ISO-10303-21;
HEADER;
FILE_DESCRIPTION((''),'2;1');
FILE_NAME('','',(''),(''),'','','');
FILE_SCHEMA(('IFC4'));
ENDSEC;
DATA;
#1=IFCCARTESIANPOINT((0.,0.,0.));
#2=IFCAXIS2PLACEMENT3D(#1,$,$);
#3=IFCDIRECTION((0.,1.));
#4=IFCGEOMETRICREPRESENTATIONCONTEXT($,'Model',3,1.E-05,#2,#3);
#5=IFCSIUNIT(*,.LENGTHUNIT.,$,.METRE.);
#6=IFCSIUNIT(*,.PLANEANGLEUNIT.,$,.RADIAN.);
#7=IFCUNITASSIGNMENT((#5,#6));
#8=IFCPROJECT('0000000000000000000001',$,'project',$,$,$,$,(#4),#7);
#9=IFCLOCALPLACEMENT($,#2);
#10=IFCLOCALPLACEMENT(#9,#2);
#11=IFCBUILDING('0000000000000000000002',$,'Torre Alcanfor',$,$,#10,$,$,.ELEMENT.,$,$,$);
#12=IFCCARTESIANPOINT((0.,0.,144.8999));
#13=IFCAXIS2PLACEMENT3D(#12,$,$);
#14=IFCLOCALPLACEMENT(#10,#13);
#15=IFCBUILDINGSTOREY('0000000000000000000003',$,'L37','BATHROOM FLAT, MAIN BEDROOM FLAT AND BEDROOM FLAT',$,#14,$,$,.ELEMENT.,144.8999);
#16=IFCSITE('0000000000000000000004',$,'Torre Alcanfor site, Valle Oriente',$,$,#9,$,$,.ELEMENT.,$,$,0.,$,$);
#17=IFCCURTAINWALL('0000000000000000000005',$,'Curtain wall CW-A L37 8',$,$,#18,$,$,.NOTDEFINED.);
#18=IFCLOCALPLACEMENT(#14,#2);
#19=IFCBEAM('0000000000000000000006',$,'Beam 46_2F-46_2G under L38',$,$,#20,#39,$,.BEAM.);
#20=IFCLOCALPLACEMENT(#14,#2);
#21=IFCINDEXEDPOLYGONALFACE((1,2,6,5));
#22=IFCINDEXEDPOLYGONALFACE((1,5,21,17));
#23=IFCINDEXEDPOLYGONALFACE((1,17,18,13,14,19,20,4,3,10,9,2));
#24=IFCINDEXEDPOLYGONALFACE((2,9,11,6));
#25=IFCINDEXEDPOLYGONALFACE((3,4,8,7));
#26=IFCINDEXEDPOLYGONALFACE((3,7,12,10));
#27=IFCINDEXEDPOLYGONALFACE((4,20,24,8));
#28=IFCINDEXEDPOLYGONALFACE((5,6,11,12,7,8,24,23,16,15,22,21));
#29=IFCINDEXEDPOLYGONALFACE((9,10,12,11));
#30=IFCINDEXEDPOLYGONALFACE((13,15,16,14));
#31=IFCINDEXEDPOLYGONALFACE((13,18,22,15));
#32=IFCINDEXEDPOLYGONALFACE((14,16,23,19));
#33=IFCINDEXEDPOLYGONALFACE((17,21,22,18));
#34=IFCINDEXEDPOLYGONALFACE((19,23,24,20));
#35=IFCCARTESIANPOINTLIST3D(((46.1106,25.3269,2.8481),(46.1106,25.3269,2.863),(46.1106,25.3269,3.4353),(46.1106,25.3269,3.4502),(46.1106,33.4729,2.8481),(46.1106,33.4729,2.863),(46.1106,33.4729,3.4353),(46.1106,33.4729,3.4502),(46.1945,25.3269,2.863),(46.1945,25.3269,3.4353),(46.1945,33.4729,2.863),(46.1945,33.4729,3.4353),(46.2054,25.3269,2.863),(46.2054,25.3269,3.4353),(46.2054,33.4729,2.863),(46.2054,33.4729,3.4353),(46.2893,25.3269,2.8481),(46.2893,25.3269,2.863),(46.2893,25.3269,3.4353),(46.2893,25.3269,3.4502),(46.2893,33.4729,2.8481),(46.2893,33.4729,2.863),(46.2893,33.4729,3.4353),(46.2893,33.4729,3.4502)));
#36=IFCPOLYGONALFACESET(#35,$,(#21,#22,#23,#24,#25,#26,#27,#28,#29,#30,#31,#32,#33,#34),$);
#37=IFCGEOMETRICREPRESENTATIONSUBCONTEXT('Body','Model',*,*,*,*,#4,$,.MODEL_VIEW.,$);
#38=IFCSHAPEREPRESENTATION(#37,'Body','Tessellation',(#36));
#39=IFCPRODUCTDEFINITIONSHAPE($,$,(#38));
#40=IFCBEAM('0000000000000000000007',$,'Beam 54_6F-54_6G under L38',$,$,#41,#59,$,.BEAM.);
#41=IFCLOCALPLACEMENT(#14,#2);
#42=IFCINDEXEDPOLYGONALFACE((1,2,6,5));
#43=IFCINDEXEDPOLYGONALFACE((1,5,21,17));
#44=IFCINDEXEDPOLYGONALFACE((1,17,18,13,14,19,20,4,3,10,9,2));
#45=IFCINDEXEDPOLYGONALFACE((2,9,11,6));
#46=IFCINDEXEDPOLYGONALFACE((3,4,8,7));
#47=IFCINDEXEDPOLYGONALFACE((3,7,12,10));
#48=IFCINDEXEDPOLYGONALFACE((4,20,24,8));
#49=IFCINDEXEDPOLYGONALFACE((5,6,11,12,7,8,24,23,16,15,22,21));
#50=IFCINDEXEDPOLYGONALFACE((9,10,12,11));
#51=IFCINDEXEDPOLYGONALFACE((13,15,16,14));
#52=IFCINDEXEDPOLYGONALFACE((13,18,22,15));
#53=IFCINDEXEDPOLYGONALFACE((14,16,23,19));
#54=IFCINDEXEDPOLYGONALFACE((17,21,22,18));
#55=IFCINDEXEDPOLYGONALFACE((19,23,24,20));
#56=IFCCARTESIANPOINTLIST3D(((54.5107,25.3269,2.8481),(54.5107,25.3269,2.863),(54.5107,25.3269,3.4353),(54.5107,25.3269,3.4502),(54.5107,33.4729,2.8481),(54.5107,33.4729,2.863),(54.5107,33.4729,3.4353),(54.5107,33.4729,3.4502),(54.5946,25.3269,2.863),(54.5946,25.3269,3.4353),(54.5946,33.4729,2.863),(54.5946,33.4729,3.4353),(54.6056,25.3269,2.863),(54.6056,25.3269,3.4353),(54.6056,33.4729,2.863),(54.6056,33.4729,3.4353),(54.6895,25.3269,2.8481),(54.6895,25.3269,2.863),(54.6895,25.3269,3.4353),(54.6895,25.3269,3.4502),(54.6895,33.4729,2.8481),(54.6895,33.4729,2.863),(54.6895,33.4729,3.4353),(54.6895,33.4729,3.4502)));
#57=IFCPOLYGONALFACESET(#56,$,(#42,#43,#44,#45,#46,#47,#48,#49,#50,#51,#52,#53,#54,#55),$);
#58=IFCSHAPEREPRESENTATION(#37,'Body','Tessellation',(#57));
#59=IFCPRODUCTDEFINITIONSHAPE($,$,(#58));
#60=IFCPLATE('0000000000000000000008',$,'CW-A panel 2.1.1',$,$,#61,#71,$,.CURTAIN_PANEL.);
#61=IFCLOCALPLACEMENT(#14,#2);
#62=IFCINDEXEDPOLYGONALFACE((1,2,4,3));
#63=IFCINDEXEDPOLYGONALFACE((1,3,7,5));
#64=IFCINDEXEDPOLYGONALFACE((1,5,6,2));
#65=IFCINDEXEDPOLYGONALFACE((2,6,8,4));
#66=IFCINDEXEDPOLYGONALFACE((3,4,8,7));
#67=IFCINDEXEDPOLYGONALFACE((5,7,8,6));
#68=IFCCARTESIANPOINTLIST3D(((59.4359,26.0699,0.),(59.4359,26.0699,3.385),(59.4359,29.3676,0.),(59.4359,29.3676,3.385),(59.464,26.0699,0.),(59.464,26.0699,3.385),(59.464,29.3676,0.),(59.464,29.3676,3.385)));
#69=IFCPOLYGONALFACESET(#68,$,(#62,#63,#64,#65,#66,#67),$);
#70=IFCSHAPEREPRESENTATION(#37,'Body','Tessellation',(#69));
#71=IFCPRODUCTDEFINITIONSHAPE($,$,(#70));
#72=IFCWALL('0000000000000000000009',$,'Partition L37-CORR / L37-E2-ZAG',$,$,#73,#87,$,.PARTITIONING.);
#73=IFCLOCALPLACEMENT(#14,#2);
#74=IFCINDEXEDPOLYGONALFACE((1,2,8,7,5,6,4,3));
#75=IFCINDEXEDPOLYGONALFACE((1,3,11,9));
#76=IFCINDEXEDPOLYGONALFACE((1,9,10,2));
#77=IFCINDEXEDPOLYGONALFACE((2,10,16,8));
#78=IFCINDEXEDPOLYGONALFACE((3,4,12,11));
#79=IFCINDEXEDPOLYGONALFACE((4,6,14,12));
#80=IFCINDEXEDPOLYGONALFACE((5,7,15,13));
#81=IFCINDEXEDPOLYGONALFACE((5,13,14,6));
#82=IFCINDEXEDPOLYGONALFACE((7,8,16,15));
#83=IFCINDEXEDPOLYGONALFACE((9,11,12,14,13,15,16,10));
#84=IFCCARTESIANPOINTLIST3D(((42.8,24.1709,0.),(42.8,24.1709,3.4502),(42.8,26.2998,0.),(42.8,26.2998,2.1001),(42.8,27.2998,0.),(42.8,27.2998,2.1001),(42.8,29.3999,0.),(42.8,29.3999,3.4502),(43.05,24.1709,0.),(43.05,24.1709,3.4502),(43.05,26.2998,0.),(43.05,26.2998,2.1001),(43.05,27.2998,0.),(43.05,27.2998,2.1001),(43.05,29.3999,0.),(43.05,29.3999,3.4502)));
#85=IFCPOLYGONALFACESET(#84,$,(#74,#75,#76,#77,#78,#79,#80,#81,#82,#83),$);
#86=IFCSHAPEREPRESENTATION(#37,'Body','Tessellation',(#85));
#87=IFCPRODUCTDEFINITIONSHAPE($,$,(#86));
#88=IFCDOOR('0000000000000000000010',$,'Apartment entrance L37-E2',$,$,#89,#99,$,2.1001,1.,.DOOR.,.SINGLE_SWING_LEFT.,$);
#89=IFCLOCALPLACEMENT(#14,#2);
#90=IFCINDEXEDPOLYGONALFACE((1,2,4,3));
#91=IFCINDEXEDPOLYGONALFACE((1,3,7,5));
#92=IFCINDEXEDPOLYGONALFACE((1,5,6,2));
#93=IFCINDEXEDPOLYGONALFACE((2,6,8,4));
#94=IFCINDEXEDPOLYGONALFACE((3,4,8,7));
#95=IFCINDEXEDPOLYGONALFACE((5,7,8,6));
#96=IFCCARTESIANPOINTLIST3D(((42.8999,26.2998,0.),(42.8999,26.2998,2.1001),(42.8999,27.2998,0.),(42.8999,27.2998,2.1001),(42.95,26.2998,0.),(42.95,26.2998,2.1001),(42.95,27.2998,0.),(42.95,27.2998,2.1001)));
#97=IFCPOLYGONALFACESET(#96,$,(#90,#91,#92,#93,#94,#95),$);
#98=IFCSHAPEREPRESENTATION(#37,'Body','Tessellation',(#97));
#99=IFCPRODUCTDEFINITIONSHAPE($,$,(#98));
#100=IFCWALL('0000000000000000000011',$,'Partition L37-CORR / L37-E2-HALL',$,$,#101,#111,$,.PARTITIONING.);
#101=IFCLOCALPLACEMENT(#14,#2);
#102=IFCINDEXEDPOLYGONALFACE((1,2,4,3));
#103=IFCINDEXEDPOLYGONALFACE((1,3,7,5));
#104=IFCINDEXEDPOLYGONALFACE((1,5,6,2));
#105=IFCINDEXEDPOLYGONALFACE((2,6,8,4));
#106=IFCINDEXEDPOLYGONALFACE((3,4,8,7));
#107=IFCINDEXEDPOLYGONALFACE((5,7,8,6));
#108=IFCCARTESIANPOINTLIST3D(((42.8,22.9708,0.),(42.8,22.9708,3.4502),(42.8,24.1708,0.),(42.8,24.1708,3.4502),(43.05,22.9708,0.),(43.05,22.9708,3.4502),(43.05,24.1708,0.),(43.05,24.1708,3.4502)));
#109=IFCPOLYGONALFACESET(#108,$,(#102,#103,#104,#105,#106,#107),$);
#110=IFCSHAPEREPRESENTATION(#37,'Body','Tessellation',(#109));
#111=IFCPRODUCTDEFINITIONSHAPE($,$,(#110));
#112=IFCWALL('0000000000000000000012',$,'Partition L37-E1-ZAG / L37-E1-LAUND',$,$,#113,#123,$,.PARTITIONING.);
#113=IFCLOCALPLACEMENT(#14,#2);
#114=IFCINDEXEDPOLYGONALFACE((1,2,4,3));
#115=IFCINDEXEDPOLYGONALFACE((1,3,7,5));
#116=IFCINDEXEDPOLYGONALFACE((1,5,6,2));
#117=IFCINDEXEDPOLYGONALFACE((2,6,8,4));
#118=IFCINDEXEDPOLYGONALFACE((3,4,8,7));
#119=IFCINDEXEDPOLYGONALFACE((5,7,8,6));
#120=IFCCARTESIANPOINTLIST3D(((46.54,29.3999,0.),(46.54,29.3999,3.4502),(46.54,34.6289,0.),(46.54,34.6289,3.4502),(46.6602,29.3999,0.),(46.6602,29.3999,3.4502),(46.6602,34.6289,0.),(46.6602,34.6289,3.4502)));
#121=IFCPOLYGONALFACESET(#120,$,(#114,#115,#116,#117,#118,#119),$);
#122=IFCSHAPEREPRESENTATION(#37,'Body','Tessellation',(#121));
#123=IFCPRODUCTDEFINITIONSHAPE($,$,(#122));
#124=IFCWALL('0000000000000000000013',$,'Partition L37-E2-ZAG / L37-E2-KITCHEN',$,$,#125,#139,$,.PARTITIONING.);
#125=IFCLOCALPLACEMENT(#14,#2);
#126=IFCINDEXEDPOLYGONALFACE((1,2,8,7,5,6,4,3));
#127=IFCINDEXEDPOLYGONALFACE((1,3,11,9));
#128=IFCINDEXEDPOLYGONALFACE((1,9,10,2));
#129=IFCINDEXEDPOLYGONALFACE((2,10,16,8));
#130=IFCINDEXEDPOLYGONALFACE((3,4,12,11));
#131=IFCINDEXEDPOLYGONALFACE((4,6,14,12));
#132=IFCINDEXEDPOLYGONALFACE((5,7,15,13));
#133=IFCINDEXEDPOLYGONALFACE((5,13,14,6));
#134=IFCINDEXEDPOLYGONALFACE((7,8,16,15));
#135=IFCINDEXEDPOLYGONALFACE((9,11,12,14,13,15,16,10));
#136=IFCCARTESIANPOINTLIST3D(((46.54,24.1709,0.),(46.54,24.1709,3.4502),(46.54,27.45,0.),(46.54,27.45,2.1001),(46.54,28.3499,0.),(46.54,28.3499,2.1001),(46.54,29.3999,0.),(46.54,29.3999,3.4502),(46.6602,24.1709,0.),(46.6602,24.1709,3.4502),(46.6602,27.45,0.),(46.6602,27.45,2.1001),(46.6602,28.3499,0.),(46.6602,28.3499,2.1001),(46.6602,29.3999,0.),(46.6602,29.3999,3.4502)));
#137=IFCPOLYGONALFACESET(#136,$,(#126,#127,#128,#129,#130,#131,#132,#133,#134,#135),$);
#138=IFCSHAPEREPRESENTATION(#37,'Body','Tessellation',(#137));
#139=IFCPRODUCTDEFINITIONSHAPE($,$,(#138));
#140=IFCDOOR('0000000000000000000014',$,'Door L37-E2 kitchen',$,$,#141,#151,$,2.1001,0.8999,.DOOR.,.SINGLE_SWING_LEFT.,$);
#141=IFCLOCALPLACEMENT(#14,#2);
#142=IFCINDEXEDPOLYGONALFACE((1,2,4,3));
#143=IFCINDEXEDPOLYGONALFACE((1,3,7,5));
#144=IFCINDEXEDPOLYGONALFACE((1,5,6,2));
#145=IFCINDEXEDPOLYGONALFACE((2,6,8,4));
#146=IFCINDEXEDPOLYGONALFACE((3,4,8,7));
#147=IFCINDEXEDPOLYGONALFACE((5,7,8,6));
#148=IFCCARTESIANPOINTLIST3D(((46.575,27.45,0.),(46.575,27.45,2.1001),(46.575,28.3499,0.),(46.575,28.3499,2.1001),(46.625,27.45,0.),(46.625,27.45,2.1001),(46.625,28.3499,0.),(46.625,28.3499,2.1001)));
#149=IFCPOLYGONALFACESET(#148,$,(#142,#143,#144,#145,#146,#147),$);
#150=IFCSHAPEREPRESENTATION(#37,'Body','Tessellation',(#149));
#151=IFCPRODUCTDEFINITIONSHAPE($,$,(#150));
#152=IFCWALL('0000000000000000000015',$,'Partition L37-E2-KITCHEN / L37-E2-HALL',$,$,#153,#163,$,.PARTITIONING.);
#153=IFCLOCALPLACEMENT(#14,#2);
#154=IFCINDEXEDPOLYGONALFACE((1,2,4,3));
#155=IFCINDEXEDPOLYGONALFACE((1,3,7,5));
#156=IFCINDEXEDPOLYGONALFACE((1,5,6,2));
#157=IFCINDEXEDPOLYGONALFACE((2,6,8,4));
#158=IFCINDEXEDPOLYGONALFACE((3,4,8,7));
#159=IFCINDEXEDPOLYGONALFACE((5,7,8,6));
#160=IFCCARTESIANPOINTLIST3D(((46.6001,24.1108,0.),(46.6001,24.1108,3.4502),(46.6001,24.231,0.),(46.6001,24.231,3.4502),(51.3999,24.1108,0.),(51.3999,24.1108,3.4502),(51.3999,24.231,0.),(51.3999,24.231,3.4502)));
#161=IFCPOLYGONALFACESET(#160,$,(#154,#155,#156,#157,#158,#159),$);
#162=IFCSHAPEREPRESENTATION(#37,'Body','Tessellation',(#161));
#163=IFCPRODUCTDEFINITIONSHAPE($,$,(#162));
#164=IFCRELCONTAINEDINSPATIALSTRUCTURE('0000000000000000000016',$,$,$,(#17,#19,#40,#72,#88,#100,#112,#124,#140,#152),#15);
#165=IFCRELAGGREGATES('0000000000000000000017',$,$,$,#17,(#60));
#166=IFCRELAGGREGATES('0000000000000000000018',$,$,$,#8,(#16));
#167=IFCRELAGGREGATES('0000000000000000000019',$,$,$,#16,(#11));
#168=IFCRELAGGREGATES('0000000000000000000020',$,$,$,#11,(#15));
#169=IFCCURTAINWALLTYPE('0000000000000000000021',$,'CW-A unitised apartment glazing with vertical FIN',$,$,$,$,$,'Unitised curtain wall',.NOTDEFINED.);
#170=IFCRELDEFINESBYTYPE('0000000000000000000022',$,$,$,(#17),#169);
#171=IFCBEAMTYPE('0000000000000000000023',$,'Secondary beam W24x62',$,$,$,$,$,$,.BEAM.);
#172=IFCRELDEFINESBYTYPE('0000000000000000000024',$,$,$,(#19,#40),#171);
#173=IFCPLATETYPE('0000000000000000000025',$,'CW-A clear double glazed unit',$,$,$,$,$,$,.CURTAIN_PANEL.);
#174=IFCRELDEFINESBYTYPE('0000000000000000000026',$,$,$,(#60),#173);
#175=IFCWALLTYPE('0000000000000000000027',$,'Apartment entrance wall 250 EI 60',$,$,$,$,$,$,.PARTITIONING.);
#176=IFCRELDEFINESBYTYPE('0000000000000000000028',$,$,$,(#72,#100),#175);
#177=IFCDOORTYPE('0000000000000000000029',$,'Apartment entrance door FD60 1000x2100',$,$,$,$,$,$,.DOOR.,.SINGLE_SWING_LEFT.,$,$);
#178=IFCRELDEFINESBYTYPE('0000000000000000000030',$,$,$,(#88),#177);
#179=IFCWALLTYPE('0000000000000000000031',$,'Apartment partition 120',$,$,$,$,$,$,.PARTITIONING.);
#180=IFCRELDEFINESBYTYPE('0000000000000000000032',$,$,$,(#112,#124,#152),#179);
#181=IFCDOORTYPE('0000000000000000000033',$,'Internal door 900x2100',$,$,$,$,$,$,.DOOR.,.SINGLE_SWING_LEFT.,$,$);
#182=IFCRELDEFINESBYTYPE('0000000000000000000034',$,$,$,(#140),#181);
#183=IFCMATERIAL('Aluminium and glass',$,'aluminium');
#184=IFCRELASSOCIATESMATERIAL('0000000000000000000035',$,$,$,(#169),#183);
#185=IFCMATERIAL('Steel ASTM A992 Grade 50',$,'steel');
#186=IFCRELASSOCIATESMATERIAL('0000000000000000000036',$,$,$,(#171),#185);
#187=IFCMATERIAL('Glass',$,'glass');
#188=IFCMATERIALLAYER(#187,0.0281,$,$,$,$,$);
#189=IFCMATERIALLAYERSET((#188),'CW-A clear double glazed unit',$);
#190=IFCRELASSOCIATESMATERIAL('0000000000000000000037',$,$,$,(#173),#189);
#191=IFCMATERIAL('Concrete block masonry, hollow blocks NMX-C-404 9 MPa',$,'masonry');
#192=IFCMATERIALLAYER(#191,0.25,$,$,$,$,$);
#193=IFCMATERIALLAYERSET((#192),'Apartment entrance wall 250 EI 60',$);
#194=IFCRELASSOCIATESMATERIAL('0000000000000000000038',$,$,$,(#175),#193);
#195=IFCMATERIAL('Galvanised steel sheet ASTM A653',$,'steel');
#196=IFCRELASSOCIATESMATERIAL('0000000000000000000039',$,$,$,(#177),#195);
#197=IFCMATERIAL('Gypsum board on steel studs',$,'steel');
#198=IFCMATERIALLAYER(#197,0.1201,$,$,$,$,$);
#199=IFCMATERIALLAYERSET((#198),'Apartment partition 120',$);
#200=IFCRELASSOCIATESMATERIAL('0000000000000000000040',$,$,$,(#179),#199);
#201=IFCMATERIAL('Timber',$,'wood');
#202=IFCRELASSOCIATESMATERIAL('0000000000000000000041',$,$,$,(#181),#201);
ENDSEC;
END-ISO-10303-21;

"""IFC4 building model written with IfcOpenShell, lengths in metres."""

from ifc_helpers import new_model, si_unit, direction, frame, frame_2d, origin, origin_2d, place, context, subcontext, project, spatial, rectangle, i_section, extrude, material, layer, layer_set, material_profile, profile_set, type_object, element, fill, aggregate, save


model = new_model("IFC4")

# Units and contexts
model_context = context("Model", 3, precision=1e-05, world=origin(), true_north=direction((0.0, 1.0)))
body_context = subcontext(model_context, "Body", "Model", "MODEL_VIEW")
ifc_project = project(units=[si_unit("LENGTHUNIT", "METRE"), si_unit("PLANEANGLEUNIT", "RADIAN")], contexts=[model_context])

# Site, building, storey
site_placement = place(None, origin())
site = spatial("IfcSite", under=ifc_project, at=site_placement, Name="Torre Alcanfor site, Valle Oriente", CompositionType="ELEMENT", RefElevation=0.0)
building_placement = place(site_placement, origin())
building = spatial("IfcBuilding", under=site, at=building_placement, Name="Torre Alcanfor", CompositionType="ELEMENT")
storey_placement = place(building_placement, frame((0.0, 0.0, 144.8999)))
storey = spatial("IfcBuildingStorey", under=building, at=storey_placement, Name="L37", Description="BATHROOM FLAT, MAIN BEDROOM FLAT AND BEDROOM FLAT", CompositionType="ELEMENT", Elevation=144.8999)

# Curtain wall
ifc_material_1 = material(Name="Aluminium and glass", Category="aluminium")
curtain_wall_type = type_object("IfcCurtainWallType", Name="CW-A unitised apartment glazing with vertical FIN", ElementType="Unitised curtain wall", PredefinedType="NOTDEFINED", material=ifc_material_1)
curtain_wall_placement = place(storey_placement, origin())
curtain_wall = element("IfcCurtainWall", 1, at=curtain_wall_placement, inside=storey, type_object=curtain_wall_type, Name="Curtain wall CW-A L37 8", PredefinedType="NOTDEFINED")

# Beams
ifc_material_2 = material(Name="Steel ASTM A992 Grade 50", Category="steel")
ifc_material_profile_1 = material_profile(ifc_material_2, i_section(OverallWidth=0.1787, OverallDepth=0.6021, WebThickness=0.011, FlangeThickness=0.0149, at=origin_2d()), Name="W24x62")
ifc_profile_set_1 = profile_set([ifc_material_profile_1], Name="Steel ASTM A992 Grade 50")
beam_type_1 = type_object("IfcBeamType", Name="Secondary beam W24x62", PredefinedType="BEAM", material=ifc_profile_set_1)
for number, where, z_axis, x_axis, name in (
    (2, (46.2, 25.3269, 3.1492), (0.0, 1.0, 0.0), (-1.0, 0.0, 0.0), "Beam 46_2F-46_2G under L38"),
    (3, (54.6001, 25.3269, 3.1492), (0.0, 1.0, 0.0), (-1.0, 0.0, 0.0), "Beam 54_6F-54_6G under L38"),
):
    element("IfcBeam", number, at=place(storey_placement, frame(where, z_axis=z_axis, x_axis=x_axis)), inside=storey, type_object=beam_type_1, Name=name, PredefinedType="BEAM", context=body_context, shape_type="SweptSolid", body=[
        extrude(i_section(OverallWidth=0.1787, OverallDepth=0.6021, WebThickness=0.011, FlangeThickness=0.0149, at=origin_2d()), origin(), (0.0, 0.0, 1.0), 8.146),
    ])

# Plate
ifc_material_3 = material(Name="Glass", Category="glass")
ifc_layer_1 = layer(ifc_material_3, 0.0281)
ifc_layer_set_1 = layer_set([ifc_layer_1], Name="CW-A clear double glazed unit")
plate_type = type_object("IfcPlateType", Name="CW-A clear double glazed unit", PredefinedType="CURTAIN_PANEL", material=ifc_layer_set_1)
plate_placement = place(storey_placement, frame((59.45, 27.7188, 0.0), z_axis=(0.0, 0.0, 1.0), x_axis=(0.0, 1.0, 0.0)))
plate = element("IfcPlate", 4, at=plate_placement, type_object=plate_type, Name="CW-A panel 2.1.1", PredefinedType="CURTAIN_PANEL", context=body_context, shape_type="SweptSolid", body=[
    extrude(rectangle(XDim=3.2976, YDim=0.0281, at=origin_2d()), origin(), (0.0, 0.0, 1.0), 3.385),
])
aggregate(curtain_wall, [plate])

# Wall, opening, door
ifc_material_4 = material(Name="Concrete block masonry, hollow blocks NMX-C-404 9 MPa", Category="masonry")
ifc_layer_2 = layer(ifc_material_4, 0.25)
ifc_layer_set_2 = layer_set([ifc_layer_2], Name="Apartment entrance wall 250 EI 60")
wall_type_1 = type_object("IfcWallType", Name="Apartment entrance wall 250 EI 60", PredefinedType="PARTITIONING", material=ifc_layer_set_2)
wall_1_placement = place(storey_placement, frame((42.925, 29.3999, 0.0), z_axis=(0.0, 0.0, 1.0), x_axis=(0.0, -1.0, 0.0)))
wall_1 = element("IfcWall", 5, at=wall_1_placement, inside=storey, type_object=wall_type_1, Name="Partition L37-CORR / L37-E2-ZAG", PredefinedType="PARTITIONING", context=body_context, shape_type="SweptSolid", body=[
    extrude(rectangle(XDim=5.229, YDim=0.25, at=frame_2d((2.6145, 0.0))), origin(), (0.0, 0.0, 1.0), 3.4502),
])
opening_1_placement = place(wall_1_placement, frame((2.1001, 0.0, 0.0)))
opening_1 = element("IfcOpeningElement", 6, at=opening_1_placement, cuts=wall_1, PredefinedType="OPENING", context=body_context, shape_type="SweptSolid", body=[
    extrude(rectangle(XDim=1.0, YDim=2.1001, at=frame_2d((0.5, 1.05))), frame((0.0, 0.135, 0.0), z_axis=(0.0, -1.0, 0.0), x_axis=(1.0, 0.0, 0.0)), (0.0, 0.0, 1.0), 0.27),
])
ifc_material_5 = material(Name="Galvanised steel sheet ASTM A653", Category="steel")
door_type_1 = type_object("IfcDoorType", Name="Apartment entrance door FD60 1000x2100", OperationType="SINGLE_SWING_LEFT", PredefinedType="DOOR", material=ifc_material_5)
door_1_placement = place(opening_1_placement, origin())
door_1 = element("IfcDoor", 7, at=door_1_placement, inside=storey, type_object=door_type_1, Name="Apartment entrance L37-E2", OperationType="SINGLE_SWING_LEFT", OverallHeight=2.1001, OverallWidth=1.0, PredefinedType="DOOR", context=body_context, shape_type="SweptSolid", body=[
    extrude(rectangle(XDim=1.0, YDim=2.1001, at=frame_2d((0.5, 1.05))), frame((0.0, 0.0249, 0.0), z_axis=(0.0, -1.0, 0.0), x_axis=(1.0, 0.0, 0.0)), (0.0, 0.0, 1.0), 0.05),
])
fill(opening_1, door_1)

# Walls
wall_2_placement = place(storey_placement, frame((42.925, 24.1709, 0.0), z_axis=(0.0, 0.0, 1.0), x_axis=(0.0, -1.0, 0.0)))
element("IfcWall", 8, at=wall_2_placement, inside=storey, type_object=wall_type_1, Name="Partition L37-CORR / L37-E2-HALL", PredefinedType="PARTITIONING", context=body_context, shape_type="SweptSolid", body=[
    extrude(rectangle(XDim=1.2, YDim=0.25, at=frame_2d((0.6001, 0.0))), origin(), (0.0, 0.0, 1.0), 3.4502),
])
ifc_material_6 = material(Name="Gypsum board on steel studs", Category="steel")
ifc_layer_3 = layer(ifc_material_6, 0.1201)
ifc_layer_set_3 = layer_set([ifc_layer_3], Name="Apartment partition 120")
wall_type_2 = type_object("IfcWallType", Name="Apartment partition 120", PredefinedType="PARTITIONING", material=ifc_layer_set_3)
wall_3_placement = place(storey_placement, frame((46.6001, 29.3999, 0.0), z_axis=(0.0, 0.0, 1.0), x_axis=(0.0, 1.0, 0.0)))
element("IfcWall", 9, at=wall_3_placement, inside=storey, type_object=wall_type_2, Name="Partition L37-E1-ZAG / L37-E1-LAUND", PredefinedType="PARTITIONING", context=body_context, shape_type="SweptSolid", body=[
    extrude(rectangle(XDim=5.229, YDim=0.1201, at=frame_2d((2.6145, 0.0))), origin(), (0.0, 0.0, 1.0), 3.4502),
])

# Wall, opening, door
wall_4_placement = place(storey_placement, frame((46.6001, 29.3999, 0.0), z_axis=(0.0, 0.0, 1.0), x_axis=(0.0, -1.0, 0.0)))
wall_4 = element("IfcWall", 10, at=wall_4_placement, inside=storey, type_object=wall_type_2, Name="Partition L37-E2-ZAG / L37-E2-KITCHEN", PredefinedType="PARTITIONING", context=body_context, shape_type="SweptSolid", body=[
    extrude(rectangle(XDim=5.229, YDim=0.1201, at=frame_2d((2.6145, 0.0))), origin(), (0.0, 0.0, 1.0), 3.4502),
])
opening_2_placement = place(wall_4_placement, frame((1.05, 0.0, 0.0)))
opening_2 = element("IfcOpeningElement", 11, at=opening_2_placement, cuts=wall_4, PredefinedType="OPENING", context=body_context, shape_type="SweptSolid", body=[
    extrude(rectangle(XDim=0.8999, YDim=2.1001, at=frame_2d((0.45, 1.05))), frame((0.0, 0.0701, 0.0), z_axis=(0.0, -1.0, 0.0), x_axis=(1.0, 0.0, 0.0)), (0.0, 0.0, 1.0), 0.1401),
])
ifc_material_7 = material(Name="Timber", Category="wood")
door_type_2 = type_object("IfcDoorType", Name="Internal door 900x2100", OperationType="SINGLE_SWING_LEFT", PredefinedType="DOOR", material=ifc_material_7)
door_2_placement = place(opening_2_placement, origin())
door_2 = element("IfcDoor", 12, at=door_2_placement, inside=storey, type_object=door_type_2, Name="Door L37-E2 kitchen", OperationType="SINGLE_SWING_LEFT", OverallHeight=2.1001, OverallWidth=0.8999, PredefinedType="DOOR", context=body_context, shape_type="SweptSolid", body=[
    extrude(rectangle(XDim=0.8999, YDim=2.1001, at=frame_2d((0.45, 1.05))), frame((0.0, 0.0249, 0.0), z_axis=(0.0, -1.0, 0.0), x_axis=(1.0, 0.0, 0.0)), (0.0, 0.0, 1.0), 0.05),
])
fill(opening_2, door_2)

# Wall
wall_5_placement = place(storey_placement, frame((51.3999, 24.1709, 0.0), z_axis=(0.0, 0.0, 1.0), x_axis=(-1.0, 0.0, 0.0)))
element("IfcWall", 13, at=wall_5_placement, inside=storey, type_object=wall_type_2, Name="Partition L37-E2-KITCHEN / L37-E2-HALL", PredefinedType="PARTITIONING", context=body_context, shape_type="SweptSolid", body=[
    extrude(rectangle(XDim=4.7998, YDim=0.1201, at=frame_2d((2.3999, 0.0))), origin(), (0.0, 0.0, 1.0), 3.4502),
])

save(model, "model.ifc")
